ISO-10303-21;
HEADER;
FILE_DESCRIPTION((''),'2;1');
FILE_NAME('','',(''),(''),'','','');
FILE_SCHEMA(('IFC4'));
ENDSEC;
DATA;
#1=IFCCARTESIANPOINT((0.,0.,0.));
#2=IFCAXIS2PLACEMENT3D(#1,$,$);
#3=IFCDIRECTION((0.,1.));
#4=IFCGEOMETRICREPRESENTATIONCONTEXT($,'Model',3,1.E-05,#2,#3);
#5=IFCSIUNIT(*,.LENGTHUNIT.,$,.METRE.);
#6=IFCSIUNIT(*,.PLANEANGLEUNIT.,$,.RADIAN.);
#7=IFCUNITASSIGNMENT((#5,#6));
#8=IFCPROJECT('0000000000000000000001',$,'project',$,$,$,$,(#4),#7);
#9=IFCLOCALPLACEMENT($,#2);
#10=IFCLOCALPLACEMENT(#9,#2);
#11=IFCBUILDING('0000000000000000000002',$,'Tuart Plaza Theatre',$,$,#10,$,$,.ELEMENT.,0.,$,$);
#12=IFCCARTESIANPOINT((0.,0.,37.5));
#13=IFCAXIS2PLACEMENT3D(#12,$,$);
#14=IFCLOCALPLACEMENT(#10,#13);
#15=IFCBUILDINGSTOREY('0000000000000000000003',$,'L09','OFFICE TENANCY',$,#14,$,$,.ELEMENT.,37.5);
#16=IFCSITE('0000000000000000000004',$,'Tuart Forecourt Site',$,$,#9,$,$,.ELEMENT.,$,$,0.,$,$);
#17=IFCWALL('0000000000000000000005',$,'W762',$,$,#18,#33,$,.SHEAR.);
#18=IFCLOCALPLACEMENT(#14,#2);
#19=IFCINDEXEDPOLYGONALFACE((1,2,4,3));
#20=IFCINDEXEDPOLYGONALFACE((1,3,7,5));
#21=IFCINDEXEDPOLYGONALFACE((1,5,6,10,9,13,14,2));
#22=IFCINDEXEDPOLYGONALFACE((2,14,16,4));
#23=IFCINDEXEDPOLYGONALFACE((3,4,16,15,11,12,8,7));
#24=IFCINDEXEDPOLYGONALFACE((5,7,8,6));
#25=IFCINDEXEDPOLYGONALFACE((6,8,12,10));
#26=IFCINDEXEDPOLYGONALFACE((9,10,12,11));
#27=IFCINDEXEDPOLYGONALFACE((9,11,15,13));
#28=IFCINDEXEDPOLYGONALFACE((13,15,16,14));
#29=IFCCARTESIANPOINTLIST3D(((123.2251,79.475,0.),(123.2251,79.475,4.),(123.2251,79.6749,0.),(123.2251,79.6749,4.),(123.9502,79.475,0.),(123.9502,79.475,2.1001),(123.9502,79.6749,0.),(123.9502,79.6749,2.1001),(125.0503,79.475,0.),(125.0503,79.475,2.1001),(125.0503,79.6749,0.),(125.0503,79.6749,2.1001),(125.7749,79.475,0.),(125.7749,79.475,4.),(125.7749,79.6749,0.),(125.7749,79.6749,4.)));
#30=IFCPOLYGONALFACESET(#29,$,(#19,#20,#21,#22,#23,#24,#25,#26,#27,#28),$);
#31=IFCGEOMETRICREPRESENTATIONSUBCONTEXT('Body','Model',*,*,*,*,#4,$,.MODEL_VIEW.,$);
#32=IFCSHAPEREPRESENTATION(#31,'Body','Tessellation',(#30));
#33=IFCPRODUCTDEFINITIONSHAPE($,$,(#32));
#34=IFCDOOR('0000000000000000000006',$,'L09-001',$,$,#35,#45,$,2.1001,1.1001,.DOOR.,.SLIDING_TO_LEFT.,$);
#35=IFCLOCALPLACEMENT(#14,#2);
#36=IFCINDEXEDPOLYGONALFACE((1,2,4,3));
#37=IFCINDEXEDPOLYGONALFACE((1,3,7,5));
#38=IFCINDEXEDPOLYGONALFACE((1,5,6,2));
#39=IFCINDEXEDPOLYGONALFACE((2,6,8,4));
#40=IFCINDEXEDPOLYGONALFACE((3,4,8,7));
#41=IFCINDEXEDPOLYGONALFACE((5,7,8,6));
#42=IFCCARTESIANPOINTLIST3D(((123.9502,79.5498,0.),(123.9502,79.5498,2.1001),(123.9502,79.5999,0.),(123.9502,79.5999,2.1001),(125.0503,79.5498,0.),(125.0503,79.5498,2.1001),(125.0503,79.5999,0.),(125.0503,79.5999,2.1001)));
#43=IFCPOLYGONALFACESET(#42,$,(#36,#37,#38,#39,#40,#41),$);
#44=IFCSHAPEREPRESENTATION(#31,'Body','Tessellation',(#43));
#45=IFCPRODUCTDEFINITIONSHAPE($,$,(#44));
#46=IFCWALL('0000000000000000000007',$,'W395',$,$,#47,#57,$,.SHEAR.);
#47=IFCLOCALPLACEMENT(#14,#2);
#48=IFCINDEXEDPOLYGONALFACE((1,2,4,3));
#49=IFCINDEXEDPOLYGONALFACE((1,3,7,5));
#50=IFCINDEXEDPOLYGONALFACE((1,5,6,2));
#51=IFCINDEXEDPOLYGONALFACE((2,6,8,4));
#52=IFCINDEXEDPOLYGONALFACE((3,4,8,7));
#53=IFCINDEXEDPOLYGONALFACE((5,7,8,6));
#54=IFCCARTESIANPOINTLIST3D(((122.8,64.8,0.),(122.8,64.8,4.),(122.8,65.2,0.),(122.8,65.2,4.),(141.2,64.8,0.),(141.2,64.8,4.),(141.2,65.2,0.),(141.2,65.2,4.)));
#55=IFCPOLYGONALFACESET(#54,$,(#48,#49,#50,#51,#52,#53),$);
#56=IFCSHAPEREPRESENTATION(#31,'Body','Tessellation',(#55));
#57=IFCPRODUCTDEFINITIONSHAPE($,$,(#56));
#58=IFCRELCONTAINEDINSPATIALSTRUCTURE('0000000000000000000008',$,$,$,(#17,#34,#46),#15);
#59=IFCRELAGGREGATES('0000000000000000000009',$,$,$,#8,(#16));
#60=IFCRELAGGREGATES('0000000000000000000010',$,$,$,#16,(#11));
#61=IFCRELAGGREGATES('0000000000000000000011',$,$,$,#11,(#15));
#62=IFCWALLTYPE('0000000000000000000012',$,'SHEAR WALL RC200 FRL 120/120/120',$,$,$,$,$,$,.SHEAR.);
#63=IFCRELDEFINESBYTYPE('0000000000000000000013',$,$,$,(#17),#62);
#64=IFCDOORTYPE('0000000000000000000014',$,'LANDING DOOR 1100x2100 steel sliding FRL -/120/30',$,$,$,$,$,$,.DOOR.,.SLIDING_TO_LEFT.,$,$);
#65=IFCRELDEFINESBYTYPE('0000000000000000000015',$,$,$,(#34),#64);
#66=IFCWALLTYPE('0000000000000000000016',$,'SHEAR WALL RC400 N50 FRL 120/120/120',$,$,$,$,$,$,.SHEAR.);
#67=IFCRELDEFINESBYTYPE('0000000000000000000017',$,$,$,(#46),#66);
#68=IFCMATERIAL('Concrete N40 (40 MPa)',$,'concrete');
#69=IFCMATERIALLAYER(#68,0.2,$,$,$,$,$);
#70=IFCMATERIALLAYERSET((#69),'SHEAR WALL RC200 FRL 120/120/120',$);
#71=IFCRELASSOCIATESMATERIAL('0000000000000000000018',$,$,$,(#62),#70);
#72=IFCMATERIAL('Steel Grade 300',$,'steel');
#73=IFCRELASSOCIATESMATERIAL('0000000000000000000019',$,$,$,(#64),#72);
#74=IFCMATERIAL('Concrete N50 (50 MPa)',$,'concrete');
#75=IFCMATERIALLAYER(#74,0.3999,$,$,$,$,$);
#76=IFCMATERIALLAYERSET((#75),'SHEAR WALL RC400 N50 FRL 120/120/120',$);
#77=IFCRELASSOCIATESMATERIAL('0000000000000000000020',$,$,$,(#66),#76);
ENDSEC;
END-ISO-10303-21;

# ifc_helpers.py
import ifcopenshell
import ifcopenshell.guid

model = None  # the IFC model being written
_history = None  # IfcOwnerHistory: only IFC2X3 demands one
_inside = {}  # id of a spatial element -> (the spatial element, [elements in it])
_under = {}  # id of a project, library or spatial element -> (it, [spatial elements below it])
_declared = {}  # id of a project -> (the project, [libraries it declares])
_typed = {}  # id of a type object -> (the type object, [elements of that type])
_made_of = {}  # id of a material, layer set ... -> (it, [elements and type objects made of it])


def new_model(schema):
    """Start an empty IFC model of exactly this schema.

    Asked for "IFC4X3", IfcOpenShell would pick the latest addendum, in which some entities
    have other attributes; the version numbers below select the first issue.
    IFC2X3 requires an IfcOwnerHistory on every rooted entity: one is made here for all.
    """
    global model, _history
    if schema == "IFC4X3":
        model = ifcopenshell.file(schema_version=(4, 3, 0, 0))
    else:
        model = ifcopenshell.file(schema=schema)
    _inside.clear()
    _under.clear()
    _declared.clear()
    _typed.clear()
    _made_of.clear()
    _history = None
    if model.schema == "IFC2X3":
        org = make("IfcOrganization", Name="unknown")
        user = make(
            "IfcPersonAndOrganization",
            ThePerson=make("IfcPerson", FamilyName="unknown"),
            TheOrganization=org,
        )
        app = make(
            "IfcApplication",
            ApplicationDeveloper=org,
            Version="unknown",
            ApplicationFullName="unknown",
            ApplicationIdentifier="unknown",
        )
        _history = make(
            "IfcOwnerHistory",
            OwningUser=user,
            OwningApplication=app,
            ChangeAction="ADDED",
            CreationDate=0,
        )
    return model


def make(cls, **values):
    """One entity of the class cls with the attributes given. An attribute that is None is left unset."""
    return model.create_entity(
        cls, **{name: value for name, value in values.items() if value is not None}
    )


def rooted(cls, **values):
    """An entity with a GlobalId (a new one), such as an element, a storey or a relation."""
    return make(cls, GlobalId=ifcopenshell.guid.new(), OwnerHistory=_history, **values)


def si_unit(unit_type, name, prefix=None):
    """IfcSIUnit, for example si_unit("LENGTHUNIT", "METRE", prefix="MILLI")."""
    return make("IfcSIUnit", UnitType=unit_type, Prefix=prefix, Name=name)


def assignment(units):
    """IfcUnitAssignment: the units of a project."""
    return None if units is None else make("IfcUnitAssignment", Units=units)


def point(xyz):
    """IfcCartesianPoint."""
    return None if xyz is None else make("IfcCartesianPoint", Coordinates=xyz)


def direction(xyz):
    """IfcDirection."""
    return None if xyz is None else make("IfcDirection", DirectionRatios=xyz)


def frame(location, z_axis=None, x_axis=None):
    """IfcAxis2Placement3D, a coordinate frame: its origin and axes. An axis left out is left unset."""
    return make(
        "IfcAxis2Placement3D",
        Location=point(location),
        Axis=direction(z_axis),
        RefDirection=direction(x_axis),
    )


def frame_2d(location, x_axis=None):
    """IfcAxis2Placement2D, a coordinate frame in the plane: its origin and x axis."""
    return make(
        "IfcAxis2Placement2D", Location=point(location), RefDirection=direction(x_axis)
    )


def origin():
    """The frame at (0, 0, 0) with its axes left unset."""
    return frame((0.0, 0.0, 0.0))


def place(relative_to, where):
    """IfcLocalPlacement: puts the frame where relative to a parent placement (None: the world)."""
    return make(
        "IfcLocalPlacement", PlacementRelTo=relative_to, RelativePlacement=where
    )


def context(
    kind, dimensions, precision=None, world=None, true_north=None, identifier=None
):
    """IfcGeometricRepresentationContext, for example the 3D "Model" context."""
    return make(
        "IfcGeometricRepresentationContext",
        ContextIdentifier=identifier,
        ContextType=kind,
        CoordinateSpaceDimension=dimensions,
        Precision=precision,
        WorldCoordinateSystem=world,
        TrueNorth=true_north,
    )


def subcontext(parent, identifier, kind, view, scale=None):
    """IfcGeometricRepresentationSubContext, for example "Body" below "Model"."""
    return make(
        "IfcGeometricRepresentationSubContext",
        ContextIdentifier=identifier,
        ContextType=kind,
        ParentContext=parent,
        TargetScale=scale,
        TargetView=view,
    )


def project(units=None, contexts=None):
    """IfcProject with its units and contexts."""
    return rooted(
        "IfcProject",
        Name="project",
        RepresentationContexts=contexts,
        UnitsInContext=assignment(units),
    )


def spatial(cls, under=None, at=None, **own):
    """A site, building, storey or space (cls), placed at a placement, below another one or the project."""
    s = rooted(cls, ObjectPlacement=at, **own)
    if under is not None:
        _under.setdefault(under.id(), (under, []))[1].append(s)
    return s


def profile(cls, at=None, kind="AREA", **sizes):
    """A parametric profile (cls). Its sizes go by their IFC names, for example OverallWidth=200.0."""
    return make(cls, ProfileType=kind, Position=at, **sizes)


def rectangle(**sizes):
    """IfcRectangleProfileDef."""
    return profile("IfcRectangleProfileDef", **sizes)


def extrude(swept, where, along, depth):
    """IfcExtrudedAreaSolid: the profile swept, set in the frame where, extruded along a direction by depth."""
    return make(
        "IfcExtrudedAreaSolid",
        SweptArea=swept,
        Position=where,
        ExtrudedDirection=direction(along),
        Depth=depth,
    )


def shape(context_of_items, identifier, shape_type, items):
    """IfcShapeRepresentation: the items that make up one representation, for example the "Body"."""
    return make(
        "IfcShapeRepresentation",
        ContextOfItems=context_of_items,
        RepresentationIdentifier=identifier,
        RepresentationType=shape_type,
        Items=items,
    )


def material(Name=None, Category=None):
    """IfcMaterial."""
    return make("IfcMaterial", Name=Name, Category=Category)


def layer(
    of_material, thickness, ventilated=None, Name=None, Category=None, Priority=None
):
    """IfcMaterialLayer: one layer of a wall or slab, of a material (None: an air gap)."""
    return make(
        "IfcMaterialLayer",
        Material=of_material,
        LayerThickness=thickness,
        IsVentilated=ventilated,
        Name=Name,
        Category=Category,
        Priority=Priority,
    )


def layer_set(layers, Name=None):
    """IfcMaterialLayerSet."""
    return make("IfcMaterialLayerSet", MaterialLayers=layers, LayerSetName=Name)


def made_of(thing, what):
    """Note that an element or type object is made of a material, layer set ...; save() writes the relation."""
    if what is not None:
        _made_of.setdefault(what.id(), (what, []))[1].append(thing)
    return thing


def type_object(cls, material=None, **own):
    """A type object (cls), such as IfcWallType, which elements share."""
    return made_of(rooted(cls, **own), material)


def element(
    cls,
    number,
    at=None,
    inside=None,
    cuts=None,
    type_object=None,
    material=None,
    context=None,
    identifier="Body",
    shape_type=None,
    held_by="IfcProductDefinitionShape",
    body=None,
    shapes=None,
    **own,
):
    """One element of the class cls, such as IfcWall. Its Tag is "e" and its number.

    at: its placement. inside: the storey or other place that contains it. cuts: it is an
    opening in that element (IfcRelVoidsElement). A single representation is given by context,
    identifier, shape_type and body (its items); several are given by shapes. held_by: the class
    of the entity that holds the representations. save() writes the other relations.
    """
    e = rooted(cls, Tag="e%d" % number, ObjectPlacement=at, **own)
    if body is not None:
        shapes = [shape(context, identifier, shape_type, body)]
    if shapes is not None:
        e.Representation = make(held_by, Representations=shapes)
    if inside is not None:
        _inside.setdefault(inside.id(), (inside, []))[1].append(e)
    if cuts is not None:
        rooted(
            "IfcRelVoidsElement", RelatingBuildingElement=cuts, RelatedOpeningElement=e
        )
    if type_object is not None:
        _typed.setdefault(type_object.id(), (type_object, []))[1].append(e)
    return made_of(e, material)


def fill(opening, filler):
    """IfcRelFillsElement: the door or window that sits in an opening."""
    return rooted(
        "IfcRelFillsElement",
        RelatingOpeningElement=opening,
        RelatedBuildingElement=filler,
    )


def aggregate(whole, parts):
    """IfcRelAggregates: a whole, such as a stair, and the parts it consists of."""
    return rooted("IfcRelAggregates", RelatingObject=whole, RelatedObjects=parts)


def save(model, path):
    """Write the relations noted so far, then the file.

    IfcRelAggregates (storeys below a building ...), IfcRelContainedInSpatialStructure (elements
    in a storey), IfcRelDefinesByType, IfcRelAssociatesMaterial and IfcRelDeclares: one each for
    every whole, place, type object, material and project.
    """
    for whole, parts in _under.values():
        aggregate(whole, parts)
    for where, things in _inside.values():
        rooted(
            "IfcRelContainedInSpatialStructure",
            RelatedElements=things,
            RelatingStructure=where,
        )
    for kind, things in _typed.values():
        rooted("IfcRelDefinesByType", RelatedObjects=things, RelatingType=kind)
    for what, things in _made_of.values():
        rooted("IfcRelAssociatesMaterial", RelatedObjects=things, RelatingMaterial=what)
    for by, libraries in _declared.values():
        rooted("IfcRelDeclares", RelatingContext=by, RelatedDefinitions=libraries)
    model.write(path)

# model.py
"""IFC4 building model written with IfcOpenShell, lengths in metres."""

from ifc_helpers import new_model, si_unit, direction, frame, frame_2d, origin, place, context, subcontext, project, spatial, rectangle, extrude, material, layer, layer_set, type_object, element, fill, save


model = new_model("IFC4")

# Units and contexts
model_context = context("Model", 3, precision=1e-05, world=origin(), true_north=direction((0.0, 1.0)))
body_context = subcontext(model_context, "Body", "Model", "MODEL_VIEW")
ifc_project = project(units=[si_unit("LENGTHUNIT", "METRE"), si_unit("PLANEANGLEUNIT", "RADIAN")], contexts=[model_context])

# Site, building, storey
site_placement = place(None, origin())
site = spatial("IfcSite", under=ifc_project, at=site_placement, Name="Tuart Forecourt Site", CompositionType="ELEMENT", RefElevation=0.0)
building_placement = place(site_placement, origin())
building = spatial("IfcBuilding", under=site, at=building_placement, Name="Tuart Plaza Theatre", CompositionType="ELEMENT", ElevationOfRefHeight=0.0)
storey_placement = place(building_placement, frame((0.0, 0.0, 37.5)))
storey = spatial("IfcBuildingStorey", under=building, at=storey_placement, Name="L09", Description="OFFICE TENANCY", CompositionType="ELEMENT", Elevation=37.5)

# Wall, opening, door
ifc_material_1 = material(Name="Concrete N40 (40 MPa)", Category="concrete")
ifc_layer_1 = layer(ifc_material_1, 0.2)
ifc_layer_set_1 = layer_set([ifc_layer_1], Name="SHEAR WALL RC200 FRL 120/120/120")
wall_type_1 = type_object("IfcWallType", Name="SHEAR WALL RC200 FRL 120/120/120", PredefinedType="SHEAR", material=ifc_layer_set_1)
wall_1_placement = place(storey_placement, frame((123.2251, 79.575, 0.0), z_axis=(0.0, 0.0, 1.0), x_axis=(1.0, 0.0, 0.0)))
wall_1 = element("IfcWall", 1, at=wall_1_placement, inside=storey, type_object=wall_type_1, Name="W762", PredefinedType="SHEAR", context=body_context, shape_type="SweptSolid", body=[
    extrude(rectangle(XDim=2.5498, YDim=0.2, at=frame_2d((1.2749, 0.0))), origin(), (0.0, 0.0, 1.0), 4.0),
])
opening_1_placement = place(wall_1_placement, frame((0.7251, 0.0, 0.0)))
opening_1 = element("IfcOpeningElement", 2, at=opening_1_placement, cuts=wall_1, PredefinedType="OPENING", context=body_context, shape_type="SweptSolid", body=[
    extrude(rectangle(XDim=1.1001, YDim=2.1001, at=frame_2d((0.55, 1.05))), frame((0.0, 0.1099, 0.0), z_axis=(0.0, -1.0, 0.0), x_axis=(1.0, 0.0, 0.0)), (0.0, 0.0, 1.0), 0.22),
])
ifc_material_2 = material(Name="Steel Grade 300", Category="steel")
door_type_1 = type_object("IfcDoorType", Name="LANDING DOOR 1100x2100 steel sliding FRL -/120/30", OperationType="SLIDING_TO_LEFT", PredefinedType="DOOR", material=ifc_material_2)
door_1_placement = place(opening_1_placement, origin())
door_1 = element("IfcDoor", 3, at=door_1_placement, inside=storey, type_object=door_type_1, Name="L09-001", OperationType="SLIDING_TO_LEFT", OverallHeight=2.1001, OverallWidth=1.1001, PredefinedType="DOOR", context=body_context, shape_type="SweptSolid", body=[
    extrude(rectangle(XDim=1.1001, YDim=2.1001, at=frame_2d((0.55, 1.05))), frame((0.0, 0.0249, 0.0), z_axis=(0.0, -1.0, 0.0), x_axis=(1.0, 0.0, 0.0)), (0.0, 0.0, 1.0), 0.05),
])
fill(opening_1, door_1)

# Wall
ifc_material_3 = material(Name="Concrete N50 (50 MPa)", Category="concrete")
ifc_layer_2 = layer(ifc_material_3, 0.3999)
ifc_layer_set_2 = layer_set([ifc_layer_2], Name="SHEAR WALL RC400 N50 FRL 120/120/120")
wall_type_2 = type_object("IfcWallType", Name="SHEAR WALL RC400 N50 FRL 120/120/120", PredefinedType="SHEAR", material=ifc_layer_set_2)
wall_2_placement = place(storey_placement, frame((122.8, 65.0, 0.0), z_axis=(0.0, 0.0, 1.0), x_axis=(1.0, 0.0, 0.0)))
element("IfcWall", 4, at=wall_2_placement, inside=storey, type_object=wall_type_2, Name="W395", PredefinedType="SHEAR", context=body_context, shape_type="SweptSolid", body=[
    extrude(rectangle(XDim=18.3999, YDim=0.3999, at=frame_2d((9.2, 0.0))), origin(), (0.0, 0.0, 1.0), 4.0),
])

save(model, "model.ifc")
